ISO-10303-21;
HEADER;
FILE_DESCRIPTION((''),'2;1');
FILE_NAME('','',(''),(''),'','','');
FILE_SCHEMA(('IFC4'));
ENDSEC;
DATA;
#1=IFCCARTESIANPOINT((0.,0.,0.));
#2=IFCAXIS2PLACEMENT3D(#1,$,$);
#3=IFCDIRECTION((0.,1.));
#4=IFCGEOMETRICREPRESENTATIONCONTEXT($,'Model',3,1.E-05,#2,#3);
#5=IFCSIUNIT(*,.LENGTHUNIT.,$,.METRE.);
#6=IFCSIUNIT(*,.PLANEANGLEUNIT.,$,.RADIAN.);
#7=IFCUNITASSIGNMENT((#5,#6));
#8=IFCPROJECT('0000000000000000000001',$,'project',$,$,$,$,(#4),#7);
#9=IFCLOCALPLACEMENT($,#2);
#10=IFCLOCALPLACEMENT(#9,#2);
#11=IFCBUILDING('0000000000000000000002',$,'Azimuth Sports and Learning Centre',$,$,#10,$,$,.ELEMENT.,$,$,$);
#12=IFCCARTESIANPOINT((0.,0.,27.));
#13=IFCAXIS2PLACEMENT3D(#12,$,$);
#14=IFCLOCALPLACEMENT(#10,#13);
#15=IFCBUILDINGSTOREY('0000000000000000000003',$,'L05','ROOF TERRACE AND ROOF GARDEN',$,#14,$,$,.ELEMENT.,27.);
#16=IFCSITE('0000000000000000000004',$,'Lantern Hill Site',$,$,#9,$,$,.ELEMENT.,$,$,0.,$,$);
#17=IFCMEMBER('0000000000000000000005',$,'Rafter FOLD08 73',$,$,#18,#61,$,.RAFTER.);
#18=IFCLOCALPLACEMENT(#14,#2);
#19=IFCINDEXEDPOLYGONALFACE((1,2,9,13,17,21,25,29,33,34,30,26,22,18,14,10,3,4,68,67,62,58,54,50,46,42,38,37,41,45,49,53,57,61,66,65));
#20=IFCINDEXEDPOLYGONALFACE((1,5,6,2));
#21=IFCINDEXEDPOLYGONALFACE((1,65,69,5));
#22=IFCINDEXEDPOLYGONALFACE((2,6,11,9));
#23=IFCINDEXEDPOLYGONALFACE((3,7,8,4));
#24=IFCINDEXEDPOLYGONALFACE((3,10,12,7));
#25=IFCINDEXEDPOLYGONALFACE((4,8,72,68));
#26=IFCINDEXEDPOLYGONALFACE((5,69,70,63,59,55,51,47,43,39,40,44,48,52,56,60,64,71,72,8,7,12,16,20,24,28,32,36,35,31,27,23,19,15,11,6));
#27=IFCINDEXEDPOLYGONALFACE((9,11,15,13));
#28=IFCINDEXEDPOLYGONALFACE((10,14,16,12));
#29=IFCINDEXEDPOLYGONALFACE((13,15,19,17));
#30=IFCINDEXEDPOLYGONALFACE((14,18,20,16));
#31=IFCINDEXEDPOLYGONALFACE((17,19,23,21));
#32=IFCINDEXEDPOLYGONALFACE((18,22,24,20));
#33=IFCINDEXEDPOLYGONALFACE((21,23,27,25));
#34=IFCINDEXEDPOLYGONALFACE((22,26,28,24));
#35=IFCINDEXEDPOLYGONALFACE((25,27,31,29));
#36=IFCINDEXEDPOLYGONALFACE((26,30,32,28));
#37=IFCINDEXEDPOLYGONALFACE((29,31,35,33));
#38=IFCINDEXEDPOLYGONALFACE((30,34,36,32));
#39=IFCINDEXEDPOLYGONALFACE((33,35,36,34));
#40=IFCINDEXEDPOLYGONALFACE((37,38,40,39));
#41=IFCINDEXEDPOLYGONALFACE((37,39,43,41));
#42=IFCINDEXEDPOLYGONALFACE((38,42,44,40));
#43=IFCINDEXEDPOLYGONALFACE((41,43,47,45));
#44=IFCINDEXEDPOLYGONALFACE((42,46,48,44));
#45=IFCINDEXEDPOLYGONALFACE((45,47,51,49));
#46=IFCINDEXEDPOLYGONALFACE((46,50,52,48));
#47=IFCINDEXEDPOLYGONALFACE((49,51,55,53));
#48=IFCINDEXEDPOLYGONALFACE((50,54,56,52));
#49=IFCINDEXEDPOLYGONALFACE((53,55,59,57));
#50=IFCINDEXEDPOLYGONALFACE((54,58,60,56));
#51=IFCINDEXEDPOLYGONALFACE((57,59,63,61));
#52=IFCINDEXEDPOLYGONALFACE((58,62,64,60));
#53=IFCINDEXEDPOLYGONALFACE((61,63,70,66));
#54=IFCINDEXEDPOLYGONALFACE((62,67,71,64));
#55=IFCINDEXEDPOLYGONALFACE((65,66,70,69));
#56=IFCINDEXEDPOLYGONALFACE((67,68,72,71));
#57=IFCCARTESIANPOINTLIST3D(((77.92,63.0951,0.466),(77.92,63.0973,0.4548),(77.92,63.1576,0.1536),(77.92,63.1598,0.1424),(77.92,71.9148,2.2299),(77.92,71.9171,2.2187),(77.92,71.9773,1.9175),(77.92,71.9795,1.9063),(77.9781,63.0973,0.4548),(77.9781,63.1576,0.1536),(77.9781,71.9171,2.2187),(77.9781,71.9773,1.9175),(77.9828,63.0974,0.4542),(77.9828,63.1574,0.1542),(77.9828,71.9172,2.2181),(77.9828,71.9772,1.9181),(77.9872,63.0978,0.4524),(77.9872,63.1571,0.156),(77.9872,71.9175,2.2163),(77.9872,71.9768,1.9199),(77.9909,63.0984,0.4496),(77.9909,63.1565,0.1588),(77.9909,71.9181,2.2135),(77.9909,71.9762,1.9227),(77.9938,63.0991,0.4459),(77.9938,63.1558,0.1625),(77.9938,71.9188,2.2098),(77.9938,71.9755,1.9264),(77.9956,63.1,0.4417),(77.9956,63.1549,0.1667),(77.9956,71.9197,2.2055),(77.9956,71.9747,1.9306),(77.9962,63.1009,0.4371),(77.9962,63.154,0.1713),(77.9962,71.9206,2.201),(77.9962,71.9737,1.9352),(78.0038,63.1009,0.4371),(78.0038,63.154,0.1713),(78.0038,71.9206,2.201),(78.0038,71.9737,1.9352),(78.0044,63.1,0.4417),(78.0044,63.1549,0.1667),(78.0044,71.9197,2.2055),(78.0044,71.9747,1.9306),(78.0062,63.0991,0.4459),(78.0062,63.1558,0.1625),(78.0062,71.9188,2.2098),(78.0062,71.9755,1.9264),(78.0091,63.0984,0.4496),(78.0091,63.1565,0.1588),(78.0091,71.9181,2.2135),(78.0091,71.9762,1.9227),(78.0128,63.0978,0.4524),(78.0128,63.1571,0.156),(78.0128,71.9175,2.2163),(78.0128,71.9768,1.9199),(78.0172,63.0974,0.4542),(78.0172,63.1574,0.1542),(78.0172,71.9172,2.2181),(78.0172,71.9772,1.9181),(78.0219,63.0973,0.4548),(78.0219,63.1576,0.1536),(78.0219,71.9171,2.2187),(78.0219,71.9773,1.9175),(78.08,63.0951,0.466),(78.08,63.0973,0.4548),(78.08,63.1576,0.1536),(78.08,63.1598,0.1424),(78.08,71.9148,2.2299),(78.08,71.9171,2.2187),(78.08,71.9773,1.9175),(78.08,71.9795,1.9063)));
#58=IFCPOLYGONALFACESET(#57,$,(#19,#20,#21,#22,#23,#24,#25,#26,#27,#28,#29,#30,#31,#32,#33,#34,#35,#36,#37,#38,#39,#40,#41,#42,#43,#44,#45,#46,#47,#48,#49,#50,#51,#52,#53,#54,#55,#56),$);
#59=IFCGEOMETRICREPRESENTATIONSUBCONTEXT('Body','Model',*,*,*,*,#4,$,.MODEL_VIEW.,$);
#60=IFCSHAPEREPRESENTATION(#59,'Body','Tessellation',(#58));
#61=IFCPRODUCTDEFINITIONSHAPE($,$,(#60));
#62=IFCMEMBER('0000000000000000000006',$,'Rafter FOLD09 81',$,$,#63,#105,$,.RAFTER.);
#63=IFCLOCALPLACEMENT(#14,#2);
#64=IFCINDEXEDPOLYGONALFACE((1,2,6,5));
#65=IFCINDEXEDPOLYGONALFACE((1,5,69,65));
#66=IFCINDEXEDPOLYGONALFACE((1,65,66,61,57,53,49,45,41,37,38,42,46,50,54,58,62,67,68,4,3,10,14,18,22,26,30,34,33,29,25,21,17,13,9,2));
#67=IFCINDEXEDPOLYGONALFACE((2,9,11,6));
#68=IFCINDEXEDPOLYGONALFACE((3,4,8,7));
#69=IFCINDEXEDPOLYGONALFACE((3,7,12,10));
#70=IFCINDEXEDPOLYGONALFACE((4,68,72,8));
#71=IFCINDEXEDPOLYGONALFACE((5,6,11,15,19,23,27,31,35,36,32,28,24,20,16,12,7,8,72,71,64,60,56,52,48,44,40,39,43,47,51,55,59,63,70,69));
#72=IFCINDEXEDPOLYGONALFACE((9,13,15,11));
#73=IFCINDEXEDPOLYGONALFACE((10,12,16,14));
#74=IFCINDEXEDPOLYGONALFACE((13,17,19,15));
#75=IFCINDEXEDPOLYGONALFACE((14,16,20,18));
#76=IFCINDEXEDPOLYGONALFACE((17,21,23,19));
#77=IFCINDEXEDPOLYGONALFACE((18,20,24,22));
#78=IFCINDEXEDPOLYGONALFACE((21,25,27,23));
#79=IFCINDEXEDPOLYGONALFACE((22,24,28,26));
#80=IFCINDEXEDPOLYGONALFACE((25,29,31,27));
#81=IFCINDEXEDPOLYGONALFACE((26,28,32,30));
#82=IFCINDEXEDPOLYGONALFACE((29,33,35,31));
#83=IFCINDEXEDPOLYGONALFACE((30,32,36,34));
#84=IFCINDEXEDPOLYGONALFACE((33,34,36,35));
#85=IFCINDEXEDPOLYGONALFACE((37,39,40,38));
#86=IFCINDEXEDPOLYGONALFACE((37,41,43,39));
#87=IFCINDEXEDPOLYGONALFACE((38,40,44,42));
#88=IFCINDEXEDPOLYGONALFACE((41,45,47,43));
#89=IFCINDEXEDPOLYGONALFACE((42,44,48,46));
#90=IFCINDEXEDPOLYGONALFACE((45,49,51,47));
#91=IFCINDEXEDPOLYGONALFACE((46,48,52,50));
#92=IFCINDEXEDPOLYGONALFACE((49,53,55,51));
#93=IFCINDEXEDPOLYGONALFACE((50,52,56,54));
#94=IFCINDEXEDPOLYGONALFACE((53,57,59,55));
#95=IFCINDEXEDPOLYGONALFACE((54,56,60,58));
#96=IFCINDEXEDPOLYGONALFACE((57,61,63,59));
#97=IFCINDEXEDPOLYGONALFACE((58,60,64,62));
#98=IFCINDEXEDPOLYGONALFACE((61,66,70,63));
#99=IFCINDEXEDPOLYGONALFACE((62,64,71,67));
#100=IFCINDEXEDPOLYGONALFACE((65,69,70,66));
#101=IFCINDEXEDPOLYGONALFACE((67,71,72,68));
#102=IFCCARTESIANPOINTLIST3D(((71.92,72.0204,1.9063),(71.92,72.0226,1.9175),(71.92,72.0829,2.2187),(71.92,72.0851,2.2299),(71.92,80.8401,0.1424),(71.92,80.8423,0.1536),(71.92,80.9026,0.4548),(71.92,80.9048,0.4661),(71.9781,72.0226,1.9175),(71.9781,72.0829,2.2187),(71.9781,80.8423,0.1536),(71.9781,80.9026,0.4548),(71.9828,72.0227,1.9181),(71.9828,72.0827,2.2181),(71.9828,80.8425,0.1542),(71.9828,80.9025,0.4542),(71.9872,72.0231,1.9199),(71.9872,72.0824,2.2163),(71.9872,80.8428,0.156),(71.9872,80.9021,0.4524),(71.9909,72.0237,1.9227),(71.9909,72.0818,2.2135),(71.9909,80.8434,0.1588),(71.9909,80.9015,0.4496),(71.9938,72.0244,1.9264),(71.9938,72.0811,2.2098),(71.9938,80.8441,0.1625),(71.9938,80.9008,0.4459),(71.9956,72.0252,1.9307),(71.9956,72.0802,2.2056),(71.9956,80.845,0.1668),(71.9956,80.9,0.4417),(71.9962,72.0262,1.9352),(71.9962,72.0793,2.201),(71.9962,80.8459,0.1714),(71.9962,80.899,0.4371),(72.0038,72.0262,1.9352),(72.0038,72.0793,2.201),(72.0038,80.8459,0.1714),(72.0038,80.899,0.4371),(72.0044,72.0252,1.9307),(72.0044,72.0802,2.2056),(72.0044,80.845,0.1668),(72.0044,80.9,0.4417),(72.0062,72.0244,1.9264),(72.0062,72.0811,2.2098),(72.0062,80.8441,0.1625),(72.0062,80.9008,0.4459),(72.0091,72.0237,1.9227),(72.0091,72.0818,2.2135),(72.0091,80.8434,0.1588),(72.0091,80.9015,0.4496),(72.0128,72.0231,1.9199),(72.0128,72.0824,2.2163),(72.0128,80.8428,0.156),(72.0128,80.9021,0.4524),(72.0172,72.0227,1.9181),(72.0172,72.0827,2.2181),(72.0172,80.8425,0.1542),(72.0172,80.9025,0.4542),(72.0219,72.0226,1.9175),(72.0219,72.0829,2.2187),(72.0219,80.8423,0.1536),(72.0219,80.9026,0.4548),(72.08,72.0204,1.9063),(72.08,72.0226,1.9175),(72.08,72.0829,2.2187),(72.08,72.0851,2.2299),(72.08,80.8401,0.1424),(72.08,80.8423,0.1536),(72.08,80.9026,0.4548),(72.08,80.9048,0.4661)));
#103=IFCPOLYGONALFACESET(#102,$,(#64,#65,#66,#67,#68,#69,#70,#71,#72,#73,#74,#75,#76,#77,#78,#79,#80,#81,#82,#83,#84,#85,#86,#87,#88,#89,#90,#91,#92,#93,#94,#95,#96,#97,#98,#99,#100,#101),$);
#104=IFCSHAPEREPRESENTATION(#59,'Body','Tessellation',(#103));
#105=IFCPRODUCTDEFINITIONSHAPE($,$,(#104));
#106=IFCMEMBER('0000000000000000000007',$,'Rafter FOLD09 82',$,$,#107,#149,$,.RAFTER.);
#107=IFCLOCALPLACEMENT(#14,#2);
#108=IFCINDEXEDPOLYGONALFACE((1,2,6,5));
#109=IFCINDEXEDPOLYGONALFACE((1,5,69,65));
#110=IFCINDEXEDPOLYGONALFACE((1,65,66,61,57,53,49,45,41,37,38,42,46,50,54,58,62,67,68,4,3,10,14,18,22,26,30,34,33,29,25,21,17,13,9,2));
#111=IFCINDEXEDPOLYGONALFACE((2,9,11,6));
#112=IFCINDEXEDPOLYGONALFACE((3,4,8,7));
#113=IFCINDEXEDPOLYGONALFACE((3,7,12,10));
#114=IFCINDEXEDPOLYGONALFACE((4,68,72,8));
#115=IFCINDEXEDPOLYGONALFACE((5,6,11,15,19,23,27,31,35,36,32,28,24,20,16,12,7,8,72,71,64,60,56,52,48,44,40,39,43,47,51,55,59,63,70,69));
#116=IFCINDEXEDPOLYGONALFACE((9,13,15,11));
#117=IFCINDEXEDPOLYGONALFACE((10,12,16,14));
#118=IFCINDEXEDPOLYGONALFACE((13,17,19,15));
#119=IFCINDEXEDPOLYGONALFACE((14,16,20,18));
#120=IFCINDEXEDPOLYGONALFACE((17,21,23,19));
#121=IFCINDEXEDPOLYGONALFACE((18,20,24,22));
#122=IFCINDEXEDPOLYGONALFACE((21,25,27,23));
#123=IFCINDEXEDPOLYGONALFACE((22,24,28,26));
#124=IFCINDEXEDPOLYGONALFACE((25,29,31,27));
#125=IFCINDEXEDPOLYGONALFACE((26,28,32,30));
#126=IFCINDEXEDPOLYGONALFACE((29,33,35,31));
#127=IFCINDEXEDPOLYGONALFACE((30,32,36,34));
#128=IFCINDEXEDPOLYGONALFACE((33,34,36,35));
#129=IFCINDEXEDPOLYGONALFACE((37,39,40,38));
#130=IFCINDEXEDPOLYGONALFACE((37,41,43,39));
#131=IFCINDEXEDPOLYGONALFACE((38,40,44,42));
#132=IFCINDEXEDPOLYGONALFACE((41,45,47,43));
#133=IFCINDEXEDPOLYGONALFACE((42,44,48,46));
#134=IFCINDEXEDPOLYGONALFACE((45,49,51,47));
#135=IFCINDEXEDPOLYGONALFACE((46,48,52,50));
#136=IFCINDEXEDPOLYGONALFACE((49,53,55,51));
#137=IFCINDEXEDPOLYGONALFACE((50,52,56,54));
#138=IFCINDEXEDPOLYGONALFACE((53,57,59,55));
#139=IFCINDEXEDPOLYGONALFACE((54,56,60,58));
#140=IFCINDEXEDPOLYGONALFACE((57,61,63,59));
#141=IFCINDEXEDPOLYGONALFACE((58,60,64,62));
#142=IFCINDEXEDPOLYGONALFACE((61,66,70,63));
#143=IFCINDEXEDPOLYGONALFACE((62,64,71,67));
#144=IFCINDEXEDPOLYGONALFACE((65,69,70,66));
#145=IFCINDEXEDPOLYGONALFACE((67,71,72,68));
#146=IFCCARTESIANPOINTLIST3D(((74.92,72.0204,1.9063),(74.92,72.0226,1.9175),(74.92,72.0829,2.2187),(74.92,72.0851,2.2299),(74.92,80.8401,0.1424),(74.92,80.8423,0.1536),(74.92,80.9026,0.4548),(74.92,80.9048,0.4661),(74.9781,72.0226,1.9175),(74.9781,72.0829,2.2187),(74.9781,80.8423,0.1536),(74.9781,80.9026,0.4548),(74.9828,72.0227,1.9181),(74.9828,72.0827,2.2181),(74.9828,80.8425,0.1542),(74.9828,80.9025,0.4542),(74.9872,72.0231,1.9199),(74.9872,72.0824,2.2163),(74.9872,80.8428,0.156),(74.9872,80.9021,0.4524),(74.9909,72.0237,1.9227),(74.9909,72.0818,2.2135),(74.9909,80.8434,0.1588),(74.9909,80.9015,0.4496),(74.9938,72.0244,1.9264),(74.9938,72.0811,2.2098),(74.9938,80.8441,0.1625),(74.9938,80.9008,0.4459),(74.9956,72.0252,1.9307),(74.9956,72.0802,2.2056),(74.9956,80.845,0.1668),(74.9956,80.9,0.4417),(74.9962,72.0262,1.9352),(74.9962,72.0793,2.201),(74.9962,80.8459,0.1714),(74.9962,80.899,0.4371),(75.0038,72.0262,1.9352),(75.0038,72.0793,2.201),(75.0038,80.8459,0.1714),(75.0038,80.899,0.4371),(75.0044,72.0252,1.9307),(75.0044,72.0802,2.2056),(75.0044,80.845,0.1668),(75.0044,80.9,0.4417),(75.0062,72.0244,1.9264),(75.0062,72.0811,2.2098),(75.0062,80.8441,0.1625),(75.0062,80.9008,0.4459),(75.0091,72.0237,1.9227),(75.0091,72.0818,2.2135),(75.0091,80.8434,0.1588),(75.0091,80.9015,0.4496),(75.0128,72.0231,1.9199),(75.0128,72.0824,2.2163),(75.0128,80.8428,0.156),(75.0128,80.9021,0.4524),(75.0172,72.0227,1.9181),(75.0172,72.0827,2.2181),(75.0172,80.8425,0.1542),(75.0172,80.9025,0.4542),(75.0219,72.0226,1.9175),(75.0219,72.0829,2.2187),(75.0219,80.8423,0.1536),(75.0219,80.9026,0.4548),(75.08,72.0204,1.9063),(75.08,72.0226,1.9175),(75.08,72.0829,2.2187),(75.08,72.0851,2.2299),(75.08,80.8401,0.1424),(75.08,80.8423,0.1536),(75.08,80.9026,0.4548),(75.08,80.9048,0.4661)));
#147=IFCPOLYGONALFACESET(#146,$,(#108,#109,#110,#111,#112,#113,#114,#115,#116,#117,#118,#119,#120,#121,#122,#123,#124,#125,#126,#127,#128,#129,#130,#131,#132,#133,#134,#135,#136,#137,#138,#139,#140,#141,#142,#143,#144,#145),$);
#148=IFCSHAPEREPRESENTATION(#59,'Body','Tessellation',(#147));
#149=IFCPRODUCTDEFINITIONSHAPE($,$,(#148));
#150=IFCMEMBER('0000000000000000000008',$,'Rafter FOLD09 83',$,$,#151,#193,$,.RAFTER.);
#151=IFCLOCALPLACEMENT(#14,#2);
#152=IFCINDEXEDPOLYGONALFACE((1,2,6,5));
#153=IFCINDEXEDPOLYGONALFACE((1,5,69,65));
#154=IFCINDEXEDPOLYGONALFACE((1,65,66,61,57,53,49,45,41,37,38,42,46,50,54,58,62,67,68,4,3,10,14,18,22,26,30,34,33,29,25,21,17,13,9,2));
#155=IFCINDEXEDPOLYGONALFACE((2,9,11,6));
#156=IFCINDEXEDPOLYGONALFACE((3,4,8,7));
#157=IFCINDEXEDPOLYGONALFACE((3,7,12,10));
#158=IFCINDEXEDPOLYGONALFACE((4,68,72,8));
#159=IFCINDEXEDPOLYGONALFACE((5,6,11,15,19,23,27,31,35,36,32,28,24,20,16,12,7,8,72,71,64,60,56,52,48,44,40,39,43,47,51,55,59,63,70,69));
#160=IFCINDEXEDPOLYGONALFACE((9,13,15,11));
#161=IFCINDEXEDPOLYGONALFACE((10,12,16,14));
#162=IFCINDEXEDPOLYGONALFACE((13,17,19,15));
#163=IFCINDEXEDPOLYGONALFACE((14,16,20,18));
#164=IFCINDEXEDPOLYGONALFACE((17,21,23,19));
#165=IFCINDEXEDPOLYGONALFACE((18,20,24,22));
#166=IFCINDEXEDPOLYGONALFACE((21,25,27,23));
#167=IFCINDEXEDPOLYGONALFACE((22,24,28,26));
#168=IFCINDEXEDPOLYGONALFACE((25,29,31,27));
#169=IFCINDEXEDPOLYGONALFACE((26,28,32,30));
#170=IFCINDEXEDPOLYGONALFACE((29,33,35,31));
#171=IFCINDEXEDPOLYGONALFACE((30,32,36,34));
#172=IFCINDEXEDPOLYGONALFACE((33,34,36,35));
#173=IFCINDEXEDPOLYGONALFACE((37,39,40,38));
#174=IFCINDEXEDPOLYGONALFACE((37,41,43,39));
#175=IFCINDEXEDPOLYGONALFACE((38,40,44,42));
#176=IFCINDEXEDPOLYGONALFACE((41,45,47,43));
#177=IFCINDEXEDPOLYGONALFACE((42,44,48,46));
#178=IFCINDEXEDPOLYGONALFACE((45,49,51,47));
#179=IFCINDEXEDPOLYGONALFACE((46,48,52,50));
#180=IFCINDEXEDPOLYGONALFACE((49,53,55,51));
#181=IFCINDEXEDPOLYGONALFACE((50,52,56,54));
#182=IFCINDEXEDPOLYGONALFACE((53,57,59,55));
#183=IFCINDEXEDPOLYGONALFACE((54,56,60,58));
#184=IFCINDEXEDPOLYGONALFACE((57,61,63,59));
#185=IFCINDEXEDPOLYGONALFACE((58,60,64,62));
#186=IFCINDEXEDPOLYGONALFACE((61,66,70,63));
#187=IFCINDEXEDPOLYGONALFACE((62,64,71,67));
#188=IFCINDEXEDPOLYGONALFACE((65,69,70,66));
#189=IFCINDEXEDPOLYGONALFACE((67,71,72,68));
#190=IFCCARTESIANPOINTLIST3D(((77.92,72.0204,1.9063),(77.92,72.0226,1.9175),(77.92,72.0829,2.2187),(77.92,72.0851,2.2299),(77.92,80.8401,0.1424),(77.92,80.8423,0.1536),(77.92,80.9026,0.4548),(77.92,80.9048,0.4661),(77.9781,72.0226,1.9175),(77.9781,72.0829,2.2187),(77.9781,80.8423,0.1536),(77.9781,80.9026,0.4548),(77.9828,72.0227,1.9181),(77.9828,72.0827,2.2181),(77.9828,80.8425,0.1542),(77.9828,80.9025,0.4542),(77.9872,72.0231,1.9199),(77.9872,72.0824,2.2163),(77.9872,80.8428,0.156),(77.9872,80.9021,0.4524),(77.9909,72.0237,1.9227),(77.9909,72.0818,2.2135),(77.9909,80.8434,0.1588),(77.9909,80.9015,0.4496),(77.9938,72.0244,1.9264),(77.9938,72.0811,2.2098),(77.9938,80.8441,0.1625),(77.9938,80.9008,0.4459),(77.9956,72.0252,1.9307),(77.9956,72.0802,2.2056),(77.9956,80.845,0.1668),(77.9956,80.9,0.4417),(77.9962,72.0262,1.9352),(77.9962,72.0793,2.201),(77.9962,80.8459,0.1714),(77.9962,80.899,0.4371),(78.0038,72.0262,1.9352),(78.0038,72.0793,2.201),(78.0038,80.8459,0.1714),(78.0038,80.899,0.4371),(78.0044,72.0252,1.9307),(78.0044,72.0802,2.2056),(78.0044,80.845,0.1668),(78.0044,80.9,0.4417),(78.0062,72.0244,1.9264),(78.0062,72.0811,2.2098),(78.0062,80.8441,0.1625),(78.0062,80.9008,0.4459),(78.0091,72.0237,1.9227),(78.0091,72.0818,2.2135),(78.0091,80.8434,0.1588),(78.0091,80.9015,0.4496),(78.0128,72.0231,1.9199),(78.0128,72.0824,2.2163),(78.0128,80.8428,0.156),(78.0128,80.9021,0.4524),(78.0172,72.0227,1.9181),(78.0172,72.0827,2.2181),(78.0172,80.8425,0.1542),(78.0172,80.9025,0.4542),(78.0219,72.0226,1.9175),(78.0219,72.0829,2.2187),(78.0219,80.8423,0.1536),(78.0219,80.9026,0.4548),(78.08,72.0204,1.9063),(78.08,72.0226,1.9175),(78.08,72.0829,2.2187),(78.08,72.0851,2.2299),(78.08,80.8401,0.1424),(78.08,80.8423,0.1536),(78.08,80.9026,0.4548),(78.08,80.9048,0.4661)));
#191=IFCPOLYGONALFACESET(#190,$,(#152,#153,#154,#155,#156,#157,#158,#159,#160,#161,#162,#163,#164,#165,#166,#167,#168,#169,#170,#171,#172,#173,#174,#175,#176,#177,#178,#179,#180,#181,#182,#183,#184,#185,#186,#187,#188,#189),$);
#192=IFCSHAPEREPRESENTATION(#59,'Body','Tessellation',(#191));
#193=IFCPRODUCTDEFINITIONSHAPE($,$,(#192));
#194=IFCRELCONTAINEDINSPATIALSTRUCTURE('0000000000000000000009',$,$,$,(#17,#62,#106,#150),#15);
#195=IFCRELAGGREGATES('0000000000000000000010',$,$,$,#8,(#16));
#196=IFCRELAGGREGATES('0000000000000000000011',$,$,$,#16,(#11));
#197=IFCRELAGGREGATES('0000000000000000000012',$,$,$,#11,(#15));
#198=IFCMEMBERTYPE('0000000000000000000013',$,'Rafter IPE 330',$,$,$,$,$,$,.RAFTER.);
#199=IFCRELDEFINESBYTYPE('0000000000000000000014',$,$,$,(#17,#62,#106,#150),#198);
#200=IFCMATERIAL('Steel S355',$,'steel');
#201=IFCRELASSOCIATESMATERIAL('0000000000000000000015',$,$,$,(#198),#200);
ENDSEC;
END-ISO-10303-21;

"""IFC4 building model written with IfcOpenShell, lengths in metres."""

from ifc_helpers import new_model, si_unit, direction, frame, origin, origin_2d, place, context, subcontext, project, spatial, i_section, extrude, material, material_profile, profile_set, type_object, element, save


model = new_model("IFC4")

# Units and contexts
model_context = context("Model", 3, precision=1e-05, world=origin(), true_north=direction((0.0, 1.0)))
body_context = subcontext(model_context, "Body", "Model", "MODEL_VIEW")
ifc_project = project(units=[si_unit("LENGTHUNIT", "METRE"), si_unit("PLANEANGLEUNIT", "RADIAN")], contexts=[model_context])

# Site, building, storey
site_placement = place(None, origin())
site = spatial("IfcSite", under=ifc_project, at=site_placement, Name="Lantern Hill Site", CompositionType="ELEMENT", RefElevation=0.0)
building_placement = place(site_placement, origin())
building = spatial("IfcBuilding", under=site, at=building_placement, Name="Azimuth Sports and Learning Centre", CompositionType="ELEMENT")
storey_placement = place(building_placement, frame((0.0, 0.0, 27.0)))
storey = spatial("IfcBuildingStorey", under=building, at=storey_placement, Name="L05", Description="ROOF TERRACE AND ROOF GARDEN", CompositionType="ELEMENT", Elevation=27.0)

# Members
ifc_material_1 = material(Name="Steel S355", Category="steel")
ifc_material_profile_1 = material_profile(ifc_material_1, i_section(OverallWidth=0.1599, OverallDepth=0.3301, WebThickness=0.0076, FlangeThickness=0.0115, FilletRadius=0.0181, at=origin_2d()), Name="IPE 330")
ifc_profile_set_1 = profile_set([ifc_material_profile_1], Name="Steel S355")
member_type_1 = type_object("IfcMemberType", Name="Rafter IPE 330", PredefinedType="RAFTER", material=ifc_profile_set_1)
for number, where, z_axis, x_axis, name in (
    (1, (78.0, 63.1274, 0.3042), (0.0, 0.980582, 0.196111), (-1.0, 0.0, 0.0), "Rafter FOLD08 73"),
    (2, (72.0, 72.0527, 2.0681), (0.0, 0.980582, -0.196111), (-1.0, 0.0, 0.0), "Rafter FOLD09 81"),
    (3, (75.0, 72.0527, 2.0681), (0.0, 0.980582, -0.196111), (-1.0, 0.0, 0.0), "Rafter FOLD09 82"),
    (4, (78.0, 72.0527, 2.0681), (0.0, 0.980582, -0.196111), (-1.0, 0.0, 0.0), "Rafter FOLD09 83"),
):
    element("IfcMember", number, at=place(storey_placement, frame(where, z_axis=z_axis, x_axis=x_axis)), inside=storey, type_object=member_type_1, Name=name, PredefinedType="RAFTER", context=body_context, shape_type="SweptSolid", body=[
        extrude(i_section(OverallWidth=0.1599, OverallDepth=0.3301, WebThickness=0.0076, FlangeThickness=0.0115, FilletRadius=0.0181, at=origin_2d()), origin(), (0.0, 0.0, 1.0), 8.9944),
    ])

save(model, "model.ifc")
